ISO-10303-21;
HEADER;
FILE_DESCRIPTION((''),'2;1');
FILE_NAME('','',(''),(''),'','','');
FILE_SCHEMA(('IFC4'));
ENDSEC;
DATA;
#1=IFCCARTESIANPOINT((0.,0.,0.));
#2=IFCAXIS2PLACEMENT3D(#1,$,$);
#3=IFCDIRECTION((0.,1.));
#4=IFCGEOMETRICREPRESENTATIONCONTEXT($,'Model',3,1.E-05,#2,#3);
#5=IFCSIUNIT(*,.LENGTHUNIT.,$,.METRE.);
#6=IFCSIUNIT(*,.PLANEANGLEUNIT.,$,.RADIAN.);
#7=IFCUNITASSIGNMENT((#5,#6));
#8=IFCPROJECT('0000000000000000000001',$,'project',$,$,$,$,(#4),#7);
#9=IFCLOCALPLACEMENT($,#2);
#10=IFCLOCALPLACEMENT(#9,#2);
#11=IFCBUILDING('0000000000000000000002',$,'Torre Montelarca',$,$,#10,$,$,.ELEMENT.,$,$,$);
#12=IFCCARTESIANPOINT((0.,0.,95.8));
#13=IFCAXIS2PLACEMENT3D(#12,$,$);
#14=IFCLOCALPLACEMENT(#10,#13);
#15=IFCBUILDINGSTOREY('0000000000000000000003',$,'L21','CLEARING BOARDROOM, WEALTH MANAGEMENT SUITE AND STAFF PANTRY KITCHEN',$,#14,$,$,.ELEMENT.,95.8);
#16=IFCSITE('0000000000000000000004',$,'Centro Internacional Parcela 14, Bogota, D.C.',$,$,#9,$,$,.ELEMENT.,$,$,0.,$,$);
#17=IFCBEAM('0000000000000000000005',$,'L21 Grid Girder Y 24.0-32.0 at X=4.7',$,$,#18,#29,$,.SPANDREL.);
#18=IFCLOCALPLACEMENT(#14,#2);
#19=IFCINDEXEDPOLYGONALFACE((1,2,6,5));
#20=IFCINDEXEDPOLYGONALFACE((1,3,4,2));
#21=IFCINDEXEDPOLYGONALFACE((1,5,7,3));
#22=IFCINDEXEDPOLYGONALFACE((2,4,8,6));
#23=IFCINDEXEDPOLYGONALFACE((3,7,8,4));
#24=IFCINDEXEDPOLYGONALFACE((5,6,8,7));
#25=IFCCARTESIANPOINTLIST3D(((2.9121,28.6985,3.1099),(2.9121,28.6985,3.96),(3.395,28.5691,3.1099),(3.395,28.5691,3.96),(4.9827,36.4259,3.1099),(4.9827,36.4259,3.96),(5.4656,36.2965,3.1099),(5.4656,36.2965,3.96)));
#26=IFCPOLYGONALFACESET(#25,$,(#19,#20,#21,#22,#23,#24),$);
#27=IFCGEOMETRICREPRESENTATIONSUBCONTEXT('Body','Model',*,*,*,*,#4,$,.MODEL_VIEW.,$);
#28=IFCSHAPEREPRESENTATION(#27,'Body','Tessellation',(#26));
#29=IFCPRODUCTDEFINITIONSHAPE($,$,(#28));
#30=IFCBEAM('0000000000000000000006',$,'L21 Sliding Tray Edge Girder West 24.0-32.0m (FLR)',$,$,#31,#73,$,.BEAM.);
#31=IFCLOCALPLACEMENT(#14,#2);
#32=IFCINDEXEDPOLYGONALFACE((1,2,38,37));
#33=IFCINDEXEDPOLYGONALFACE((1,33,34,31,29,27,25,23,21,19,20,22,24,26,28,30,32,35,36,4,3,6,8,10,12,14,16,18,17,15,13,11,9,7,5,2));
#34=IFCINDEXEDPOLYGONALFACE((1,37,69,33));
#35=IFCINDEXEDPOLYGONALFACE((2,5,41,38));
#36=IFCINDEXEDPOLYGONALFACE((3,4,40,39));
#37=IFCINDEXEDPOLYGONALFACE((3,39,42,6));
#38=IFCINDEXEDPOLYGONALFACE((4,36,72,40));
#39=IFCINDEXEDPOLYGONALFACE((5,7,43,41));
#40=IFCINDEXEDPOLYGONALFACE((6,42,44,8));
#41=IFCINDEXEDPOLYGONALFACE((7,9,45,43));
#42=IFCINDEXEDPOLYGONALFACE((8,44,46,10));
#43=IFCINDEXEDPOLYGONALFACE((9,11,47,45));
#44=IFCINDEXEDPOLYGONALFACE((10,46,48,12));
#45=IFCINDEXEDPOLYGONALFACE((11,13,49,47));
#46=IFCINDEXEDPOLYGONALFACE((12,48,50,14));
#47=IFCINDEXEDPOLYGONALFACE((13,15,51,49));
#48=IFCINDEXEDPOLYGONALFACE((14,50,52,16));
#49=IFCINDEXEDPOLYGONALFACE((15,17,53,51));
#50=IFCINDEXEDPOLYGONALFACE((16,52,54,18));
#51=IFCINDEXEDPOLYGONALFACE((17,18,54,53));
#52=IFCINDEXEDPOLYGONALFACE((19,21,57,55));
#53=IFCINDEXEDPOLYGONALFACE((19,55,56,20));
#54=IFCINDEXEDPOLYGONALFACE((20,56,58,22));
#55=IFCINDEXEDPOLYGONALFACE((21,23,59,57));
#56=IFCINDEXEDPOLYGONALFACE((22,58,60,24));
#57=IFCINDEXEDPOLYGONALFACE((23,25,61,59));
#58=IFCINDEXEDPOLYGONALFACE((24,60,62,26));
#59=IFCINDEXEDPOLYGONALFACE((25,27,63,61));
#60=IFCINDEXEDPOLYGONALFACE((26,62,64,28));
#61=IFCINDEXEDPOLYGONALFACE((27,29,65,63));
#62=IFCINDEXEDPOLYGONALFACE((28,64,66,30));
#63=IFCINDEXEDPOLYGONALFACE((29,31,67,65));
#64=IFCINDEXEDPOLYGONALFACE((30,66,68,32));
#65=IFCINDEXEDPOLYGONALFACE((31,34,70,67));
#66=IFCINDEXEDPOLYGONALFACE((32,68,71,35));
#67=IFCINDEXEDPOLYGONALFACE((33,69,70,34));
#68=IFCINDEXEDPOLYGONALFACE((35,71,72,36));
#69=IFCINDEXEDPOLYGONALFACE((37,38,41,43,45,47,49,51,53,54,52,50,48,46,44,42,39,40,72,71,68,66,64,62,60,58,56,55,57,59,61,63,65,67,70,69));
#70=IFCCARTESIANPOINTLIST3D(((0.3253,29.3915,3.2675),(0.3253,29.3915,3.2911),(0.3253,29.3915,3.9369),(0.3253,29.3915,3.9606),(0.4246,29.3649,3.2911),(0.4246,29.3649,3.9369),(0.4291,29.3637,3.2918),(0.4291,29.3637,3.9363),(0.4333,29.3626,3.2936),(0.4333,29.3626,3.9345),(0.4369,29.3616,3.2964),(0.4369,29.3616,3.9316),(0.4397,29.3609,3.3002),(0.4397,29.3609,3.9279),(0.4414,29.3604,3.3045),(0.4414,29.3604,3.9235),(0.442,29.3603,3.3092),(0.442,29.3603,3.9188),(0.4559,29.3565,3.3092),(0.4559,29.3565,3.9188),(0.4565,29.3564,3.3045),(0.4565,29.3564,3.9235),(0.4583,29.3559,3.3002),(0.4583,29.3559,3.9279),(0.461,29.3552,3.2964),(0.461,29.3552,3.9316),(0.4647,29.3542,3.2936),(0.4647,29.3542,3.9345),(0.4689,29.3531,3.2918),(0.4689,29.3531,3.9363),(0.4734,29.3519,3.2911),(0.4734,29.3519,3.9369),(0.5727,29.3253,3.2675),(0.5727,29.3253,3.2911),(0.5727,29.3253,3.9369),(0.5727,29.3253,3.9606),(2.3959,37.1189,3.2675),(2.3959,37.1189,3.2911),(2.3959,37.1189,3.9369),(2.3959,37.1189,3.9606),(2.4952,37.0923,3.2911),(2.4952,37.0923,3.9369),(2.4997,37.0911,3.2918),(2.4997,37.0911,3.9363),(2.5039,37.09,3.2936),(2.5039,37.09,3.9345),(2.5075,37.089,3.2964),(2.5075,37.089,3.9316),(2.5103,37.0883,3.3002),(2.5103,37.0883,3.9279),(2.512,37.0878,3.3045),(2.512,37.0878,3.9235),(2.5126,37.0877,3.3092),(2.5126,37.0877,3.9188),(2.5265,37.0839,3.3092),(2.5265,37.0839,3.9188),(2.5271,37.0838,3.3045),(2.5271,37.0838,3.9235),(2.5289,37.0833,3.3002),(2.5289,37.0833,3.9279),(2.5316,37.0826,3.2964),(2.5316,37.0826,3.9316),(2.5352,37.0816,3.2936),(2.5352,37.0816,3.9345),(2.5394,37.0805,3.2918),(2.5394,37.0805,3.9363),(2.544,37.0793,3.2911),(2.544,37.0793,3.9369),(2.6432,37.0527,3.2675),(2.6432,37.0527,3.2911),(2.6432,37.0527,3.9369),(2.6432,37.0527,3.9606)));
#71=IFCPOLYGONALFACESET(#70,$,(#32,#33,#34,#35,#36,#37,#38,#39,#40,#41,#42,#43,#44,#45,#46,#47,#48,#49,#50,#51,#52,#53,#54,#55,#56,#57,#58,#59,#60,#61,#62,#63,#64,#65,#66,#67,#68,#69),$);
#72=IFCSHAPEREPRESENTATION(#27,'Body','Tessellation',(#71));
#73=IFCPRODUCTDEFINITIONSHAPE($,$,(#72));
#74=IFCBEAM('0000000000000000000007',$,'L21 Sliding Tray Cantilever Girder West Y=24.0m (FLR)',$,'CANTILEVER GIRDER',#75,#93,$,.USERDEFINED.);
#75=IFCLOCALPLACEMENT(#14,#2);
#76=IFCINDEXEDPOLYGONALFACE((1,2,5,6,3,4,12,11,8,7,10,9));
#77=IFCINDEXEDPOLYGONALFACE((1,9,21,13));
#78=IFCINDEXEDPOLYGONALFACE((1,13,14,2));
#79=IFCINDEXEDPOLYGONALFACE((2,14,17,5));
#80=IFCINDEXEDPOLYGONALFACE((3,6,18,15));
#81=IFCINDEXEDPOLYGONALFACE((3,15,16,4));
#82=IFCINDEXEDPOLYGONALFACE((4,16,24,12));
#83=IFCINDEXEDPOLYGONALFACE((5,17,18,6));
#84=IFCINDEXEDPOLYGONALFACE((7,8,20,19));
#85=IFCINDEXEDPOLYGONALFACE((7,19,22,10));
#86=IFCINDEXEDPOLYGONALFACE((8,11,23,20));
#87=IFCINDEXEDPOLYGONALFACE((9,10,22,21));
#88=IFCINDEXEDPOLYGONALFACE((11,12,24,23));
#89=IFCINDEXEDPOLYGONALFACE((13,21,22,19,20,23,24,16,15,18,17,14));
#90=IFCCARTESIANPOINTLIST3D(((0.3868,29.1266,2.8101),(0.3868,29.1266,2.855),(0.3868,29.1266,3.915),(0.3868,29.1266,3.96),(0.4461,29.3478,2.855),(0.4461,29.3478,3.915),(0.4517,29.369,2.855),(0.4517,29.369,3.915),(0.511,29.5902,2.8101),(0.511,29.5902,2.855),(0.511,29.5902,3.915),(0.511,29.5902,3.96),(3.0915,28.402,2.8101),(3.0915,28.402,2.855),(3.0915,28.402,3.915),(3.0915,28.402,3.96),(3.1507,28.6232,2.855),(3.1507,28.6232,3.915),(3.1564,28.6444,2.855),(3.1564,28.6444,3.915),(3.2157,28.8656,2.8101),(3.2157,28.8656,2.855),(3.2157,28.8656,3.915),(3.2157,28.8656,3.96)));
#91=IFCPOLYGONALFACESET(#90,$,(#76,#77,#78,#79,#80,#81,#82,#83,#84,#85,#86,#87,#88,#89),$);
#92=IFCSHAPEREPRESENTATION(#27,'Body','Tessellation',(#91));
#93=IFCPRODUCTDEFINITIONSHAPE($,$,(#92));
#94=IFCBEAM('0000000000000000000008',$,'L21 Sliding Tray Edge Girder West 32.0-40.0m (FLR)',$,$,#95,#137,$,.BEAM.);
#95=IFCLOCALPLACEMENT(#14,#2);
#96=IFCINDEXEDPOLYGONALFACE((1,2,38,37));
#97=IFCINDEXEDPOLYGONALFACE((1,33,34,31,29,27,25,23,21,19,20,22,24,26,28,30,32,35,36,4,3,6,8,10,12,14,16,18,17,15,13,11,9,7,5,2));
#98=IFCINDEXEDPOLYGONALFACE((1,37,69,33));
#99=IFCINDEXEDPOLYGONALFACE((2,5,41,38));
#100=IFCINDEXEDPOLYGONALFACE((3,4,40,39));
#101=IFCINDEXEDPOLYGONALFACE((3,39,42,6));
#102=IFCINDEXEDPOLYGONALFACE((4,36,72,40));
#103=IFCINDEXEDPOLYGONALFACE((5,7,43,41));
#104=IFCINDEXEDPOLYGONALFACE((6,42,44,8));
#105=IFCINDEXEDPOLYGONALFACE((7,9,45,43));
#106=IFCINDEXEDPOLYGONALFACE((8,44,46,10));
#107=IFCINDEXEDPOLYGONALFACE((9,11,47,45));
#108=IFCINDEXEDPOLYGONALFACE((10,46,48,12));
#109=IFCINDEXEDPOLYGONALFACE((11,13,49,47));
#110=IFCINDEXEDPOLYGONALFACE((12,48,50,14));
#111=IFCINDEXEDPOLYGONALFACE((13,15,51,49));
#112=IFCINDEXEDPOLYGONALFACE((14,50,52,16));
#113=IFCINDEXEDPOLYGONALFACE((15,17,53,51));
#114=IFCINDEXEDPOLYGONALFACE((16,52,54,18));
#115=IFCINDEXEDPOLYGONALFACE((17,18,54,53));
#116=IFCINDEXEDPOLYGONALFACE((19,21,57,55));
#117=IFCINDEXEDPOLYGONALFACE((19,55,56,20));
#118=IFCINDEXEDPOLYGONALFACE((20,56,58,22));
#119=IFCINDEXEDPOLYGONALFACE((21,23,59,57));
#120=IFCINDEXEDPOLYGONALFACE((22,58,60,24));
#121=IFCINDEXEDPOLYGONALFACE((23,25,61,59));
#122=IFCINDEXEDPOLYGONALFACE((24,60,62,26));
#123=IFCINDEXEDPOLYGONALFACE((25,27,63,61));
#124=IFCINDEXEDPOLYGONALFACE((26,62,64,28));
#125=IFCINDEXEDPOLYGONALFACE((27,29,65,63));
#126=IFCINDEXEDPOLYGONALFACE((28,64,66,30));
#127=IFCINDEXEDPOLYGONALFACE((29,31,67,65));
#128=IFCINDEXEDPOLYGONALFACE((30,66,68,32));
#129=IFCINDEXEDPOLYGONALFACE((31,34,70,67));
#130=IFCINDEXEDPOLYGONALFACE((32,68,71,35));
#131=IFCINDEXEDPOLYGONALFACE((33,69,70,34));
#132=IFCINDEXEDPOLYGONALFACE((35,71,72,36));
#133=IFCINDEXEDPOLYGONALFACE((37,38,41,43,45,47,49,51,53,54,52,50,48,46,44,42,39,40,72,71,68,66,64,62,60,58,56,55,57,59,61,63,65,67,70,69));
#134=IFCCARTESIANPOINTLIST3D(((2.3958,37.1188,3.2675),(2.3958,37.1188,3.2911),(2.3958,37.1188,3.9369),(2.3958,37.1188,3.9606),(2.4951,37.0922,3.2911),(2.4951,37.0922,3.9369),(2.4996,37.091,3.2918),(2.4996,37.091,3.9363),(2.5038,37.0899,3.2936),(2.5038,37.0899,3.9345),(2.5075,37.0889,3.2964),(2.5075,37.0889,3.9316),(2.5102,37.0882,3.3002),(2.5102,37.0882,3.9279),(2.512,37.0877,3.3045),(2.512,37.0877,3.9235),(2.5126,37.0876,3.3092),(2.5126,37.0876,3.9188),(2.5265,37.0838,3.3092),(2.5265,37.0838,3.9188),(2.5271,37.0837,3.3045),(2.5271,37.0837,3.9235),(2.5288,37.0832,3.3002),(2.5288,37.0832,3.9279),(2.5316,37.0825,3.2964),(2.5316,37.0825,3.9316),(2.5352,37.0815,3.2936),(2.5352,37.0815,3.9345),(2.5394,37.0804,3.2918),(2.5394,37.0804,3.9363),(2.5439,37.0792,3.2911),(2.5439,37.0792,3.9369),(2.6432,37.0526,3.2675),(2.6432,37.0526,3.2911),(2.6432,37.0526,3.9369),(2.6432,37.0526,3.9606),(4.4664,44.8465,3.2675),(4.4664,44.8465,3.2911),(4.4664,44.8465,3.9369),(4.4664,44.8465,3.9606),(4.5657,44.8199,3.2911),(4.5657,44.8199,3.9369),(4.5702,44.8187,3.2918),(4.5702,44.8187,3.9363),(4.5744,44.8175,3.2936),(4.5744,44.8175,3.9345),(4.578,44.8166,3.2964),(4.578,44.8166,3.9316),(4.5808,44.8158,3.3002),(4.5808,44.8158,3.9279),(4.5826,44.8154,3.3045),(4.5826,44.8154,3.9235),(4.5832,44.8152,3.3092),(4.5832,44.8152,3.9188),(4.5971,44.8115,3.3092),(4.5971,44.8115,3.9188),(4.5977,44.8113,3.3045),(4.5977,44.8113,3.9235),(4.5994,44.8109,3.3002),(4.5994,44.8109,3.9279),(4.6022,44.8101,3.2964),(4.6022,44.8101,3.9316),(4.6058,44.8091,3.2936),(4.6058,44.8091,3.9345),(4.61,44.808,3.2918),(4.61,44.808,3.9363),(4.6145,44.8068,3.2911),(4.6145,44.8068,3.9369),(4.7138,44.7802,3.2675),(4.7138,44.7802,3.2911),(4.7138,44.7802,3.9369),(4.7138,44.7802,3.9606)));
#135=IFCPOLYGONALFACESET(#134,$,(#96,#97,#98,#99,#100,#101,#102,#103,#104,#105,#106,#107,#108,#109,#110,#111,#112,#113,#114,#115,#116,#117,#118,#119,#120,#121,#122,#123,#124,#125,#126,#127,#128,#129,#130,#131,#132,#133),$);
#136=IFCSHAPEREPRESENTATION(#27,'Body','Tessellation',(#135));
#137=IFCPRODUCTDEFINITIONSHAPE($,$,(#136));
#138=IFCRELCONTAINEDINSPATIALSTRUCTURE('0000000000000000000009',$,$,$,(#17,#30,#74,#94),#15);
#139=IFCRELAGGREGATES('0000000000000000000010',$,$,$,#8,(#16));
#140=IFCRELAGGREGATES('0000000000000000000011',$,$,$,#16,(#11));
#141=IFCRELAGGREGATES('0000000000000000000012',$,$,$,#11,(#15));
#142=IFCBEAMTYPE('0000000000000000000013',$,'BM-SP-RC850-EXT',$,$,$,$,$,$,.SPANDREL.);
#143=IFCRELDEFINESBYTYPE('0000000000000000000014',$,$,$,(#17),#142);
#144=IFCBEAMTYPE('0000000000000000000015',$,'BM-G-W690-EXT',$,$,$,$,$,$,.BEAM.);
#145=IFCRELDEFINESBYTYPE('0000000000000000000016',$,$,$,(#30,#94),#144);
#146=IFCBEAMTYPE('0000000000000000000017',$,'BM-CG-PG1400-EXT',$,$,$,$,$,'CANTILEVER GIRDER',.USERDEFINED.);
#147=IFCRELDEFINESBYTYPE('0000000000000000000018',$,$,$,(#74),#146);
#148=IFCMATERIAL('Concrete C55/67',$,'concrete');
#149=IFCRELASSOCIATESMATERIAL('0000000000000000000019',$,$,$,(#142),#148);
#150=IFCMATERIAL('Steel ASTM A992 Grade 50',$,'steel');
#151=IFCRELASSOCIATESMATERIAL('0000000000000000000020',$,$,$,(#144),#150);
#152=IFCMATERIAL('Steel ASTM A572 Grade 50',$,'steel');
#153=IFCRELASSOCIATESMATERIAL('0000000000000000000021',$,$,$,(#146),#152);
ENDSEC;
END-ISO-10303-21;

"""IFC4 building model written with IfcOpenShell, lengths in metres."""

from ifc_helpers import new_model, si_unit, direction, frame, origin, origin_2d, place, context, subcontext, project, spatial, rectangle, i_section, extrude, source, transform, mapped, material, material_profile, profile_set, type_object, element, save


model = new_model("IFC4")

# Units and contexts
model_context = context("Model", 3, precision=1e-05, world=origin(), true_north=direction((0.0, 1.0)))
body_context = subcontext(model_context, "Body", "Model", "MODEL_VIEW")
ifc_project = project(units=[si_unit("LENGTHUNIT", "METRE"), si_unit("PLANEANGLEUNIT", "RADIAN")], contexts=[model_context])

# Site, building, storey
site_placement = place(None, origin())
site = spatial("IfcSite", under=ifc_project, at=site_placement, Name="Centro Internacional Parcela 14, Bogota, D.C.", CompositionType="ELEMENT", RefElevation=0.0)
building_placement = place(site_placement, origin())
building = spatial("IfcBuilding", under=site, at=building_placement, Name="Torre Montelarca", CompositionType="ELEMENT")
storey_placement = place(building_placement, frame((0.0, 0.0, 95.8)))
storey = spatial("IfcBuildingStorey", under=building, at=storey_placement, Name="L21", Description="CLEARING BOARDROOM, WEALTH MANAGEMENT SUITE AND STAFF PANTRY KITCHEN", CompositionType="ELEMENT", Elevation=95.8)

# Beams
ifc_material_1 = material(Name="Concrete C55/67", Category="concrete")
ifc_material_profile_1 = material_profile(ifc_material_1, rectangle(XDim=0.5, YDim=0.8501, at=origin_2d()), Name="RCB500X850", Category="concrete")
ifc_profile_set_1 = profile_set([ifc_material_profile_1], Name="Concrete C55/67")
beam_type_1 = type_object("IfcBeamType", Name="BM-SP-RC850-EXT", PredefinedType="SPANDREL", material=ifc_profile_set_1)
shared_shape_1 = source(origin(), body_context, "Body", "SweptSolid", [
    extrude(rectangle(XDim=0.5, YDim=0.8501, at=origin_2d()), origin(), (0.0, 0.0, 1.0), 8.0),
])
beam_1_placement = place(storey_placement, frame((3.1536, 28.6338, 3.5349), z_axis=(0.258823, 0.965925, 0.0), x_axis=(-0.965925, 0.258823, 0.0)))
element("IfcBeam", 1, at=beam_1_placement, inside=storey, type_object=beam_type_1, Name="L21 Grid Girder Y 24.0-32.0 at X=4.7", PredefinedType="SPANDREL", context=body_context, shape_type="MappedRepresentation", body=[
    mapped(shared_shape_1, transform((0.0, 0.0, 0.0), scale=1.0)),
])
ifc_material_2 = material(Name="Steel ASTM A992 Grade 50", Category="steel")
ifc_material_profile_2 = material_profile(ifc_material_2, i_section(OverallWidth=0.2561, OverallDepth=0.6931, WebThickness=0.0144, FlangeThickness=0.0237, FilletRadius=0.0181, at=origin_2d()), Name="W690X170", Category="steel")
ifc_profile_set_2 = profile_set([ifc_material_profile_2], Name="Steel ASTM A992 Grade 50")
beam_type_2 = type_object("IfcBeamType", Name="BM-G-W690-EXT", PredefinedType="BEAM", material=ifc_profile_set_2)
shared_shape_2 = source(origin(), body_context, "Body", "SweptSolid", [
    extrude(i_section(OverallWidth=0.2561, OverallDepth=0.6931, WebThickness=0.0144, FlangeThickness=0.0237, FilletRadius=0.0181, at=origin_2d()), origin(), (0.0, 0.0, 1.0), 8.0),
])
beam_2_placement = place(storey_placement, frame((0.449, 29.3584, 3.614), z_axis=(0.258823, 0.965925, 0.0), x_axis=(-0.965925, 0.258823, 0.0)))
element("IfcBeam", 2, at=beam_2_placement, inside=storey, type_object=beam_type_2, Name="L21 Sliding Tray Edge Girder West 24.0-32.0m (FLR)", PredefinedType="BEAM", context=body_context, shape_type="MappedRepresentation", body=[
    mapped(shared_shape_2, transform((0.0, 0.0, 0.0), scale=1.0)),
])
ifc_material_3 = material(Name="Steel ASTM A572 Grade 50", Category="steel")
ifc_material_profile_3 = material_profile(ifc_material_3, i_section(OverallWidth=0.48, OverallDepth=1.1499, WebThickness=0.022, FlangeThickness=0.0449, at=origin_2d()), Name="PG1150X480X22X45", Category="steel")
ifc_profile_set_3 = profile_set([ifc_material_profile_3], Name="Steel ASTM A572 Grade 50")
beam_type_3 = type_object("IfcBeamType", Name="BM-CG-PG1400-EXT", ElementType="CANTILEVER GIRDER", PredefinedType="USERDEFINED", material=ifc_profile_set_3)
shared_shape_3 = source(origin(), body_context, "Body", "SweptSolid", [
    extrude(i_section(OverallWidth=0.48, OverallDepth=1.1499, WebThickness=0.022, FlangeThickness=0.0449, at=origin_2d()), origin(), (0.0, 0.0, 1.0), 2.8),
])
beam_3_placement = place(storey_placement, frame((3.1536, 28.6338, 3.385), z_axis=(-0.965933, 0.258791, 0.0), x_axis=(-0.258791, -0.965933, 0.0)))
element("IfcBeam", 3, at=beam_3_placement, inside=storey, type_object=beam_type_3, Name="L21 Sliding Tray Cantilever Girder West Y=24.0m (FLR)", ObjectType="CANTILEVER GIRDER", PredefinedType="USERDEFINED", context=body_context, shape_type="MappedRepresentation", body=[
    mapped(shared_shape_3, transform((0.0, 0.0, 0.0), scale=1.0)),
])
shared_shape_4 = source(origin(), body_context, "Body", "SweptSolid", [
    extrude(i_section(OverallWidth=0.2561, OverallDepth=0.6931, WebThickness=0.0144, FlangeThickness=0.0237, FilletRadius=0.0181, at=origin_2d()), origin(), (0.0, 0.0, 1.0), 8.0002),
])
beam_4_placement = place(storey_placement, frame((2.5195, 37.0857, 3.614), z_axis=(0.258815, 0.965927, 0.0), x_axis=(-0.965927, 0.258815, 0.0)))
element("IfcBeam", 4, at=beam_4_placement, inside=storey, type_object=beam_type_2, Name="L21 Sliding Tray Edge Girder West 32.0-40.0m (FLR)", PredefinedType="BEAM", context=body_context, shape_type="MappedRepresentation", body=[
    mapped(shared_shape_4, transform((0.0, 0.0, 0.0), scale=1.0)),
])

save(model, "model.ifc")
